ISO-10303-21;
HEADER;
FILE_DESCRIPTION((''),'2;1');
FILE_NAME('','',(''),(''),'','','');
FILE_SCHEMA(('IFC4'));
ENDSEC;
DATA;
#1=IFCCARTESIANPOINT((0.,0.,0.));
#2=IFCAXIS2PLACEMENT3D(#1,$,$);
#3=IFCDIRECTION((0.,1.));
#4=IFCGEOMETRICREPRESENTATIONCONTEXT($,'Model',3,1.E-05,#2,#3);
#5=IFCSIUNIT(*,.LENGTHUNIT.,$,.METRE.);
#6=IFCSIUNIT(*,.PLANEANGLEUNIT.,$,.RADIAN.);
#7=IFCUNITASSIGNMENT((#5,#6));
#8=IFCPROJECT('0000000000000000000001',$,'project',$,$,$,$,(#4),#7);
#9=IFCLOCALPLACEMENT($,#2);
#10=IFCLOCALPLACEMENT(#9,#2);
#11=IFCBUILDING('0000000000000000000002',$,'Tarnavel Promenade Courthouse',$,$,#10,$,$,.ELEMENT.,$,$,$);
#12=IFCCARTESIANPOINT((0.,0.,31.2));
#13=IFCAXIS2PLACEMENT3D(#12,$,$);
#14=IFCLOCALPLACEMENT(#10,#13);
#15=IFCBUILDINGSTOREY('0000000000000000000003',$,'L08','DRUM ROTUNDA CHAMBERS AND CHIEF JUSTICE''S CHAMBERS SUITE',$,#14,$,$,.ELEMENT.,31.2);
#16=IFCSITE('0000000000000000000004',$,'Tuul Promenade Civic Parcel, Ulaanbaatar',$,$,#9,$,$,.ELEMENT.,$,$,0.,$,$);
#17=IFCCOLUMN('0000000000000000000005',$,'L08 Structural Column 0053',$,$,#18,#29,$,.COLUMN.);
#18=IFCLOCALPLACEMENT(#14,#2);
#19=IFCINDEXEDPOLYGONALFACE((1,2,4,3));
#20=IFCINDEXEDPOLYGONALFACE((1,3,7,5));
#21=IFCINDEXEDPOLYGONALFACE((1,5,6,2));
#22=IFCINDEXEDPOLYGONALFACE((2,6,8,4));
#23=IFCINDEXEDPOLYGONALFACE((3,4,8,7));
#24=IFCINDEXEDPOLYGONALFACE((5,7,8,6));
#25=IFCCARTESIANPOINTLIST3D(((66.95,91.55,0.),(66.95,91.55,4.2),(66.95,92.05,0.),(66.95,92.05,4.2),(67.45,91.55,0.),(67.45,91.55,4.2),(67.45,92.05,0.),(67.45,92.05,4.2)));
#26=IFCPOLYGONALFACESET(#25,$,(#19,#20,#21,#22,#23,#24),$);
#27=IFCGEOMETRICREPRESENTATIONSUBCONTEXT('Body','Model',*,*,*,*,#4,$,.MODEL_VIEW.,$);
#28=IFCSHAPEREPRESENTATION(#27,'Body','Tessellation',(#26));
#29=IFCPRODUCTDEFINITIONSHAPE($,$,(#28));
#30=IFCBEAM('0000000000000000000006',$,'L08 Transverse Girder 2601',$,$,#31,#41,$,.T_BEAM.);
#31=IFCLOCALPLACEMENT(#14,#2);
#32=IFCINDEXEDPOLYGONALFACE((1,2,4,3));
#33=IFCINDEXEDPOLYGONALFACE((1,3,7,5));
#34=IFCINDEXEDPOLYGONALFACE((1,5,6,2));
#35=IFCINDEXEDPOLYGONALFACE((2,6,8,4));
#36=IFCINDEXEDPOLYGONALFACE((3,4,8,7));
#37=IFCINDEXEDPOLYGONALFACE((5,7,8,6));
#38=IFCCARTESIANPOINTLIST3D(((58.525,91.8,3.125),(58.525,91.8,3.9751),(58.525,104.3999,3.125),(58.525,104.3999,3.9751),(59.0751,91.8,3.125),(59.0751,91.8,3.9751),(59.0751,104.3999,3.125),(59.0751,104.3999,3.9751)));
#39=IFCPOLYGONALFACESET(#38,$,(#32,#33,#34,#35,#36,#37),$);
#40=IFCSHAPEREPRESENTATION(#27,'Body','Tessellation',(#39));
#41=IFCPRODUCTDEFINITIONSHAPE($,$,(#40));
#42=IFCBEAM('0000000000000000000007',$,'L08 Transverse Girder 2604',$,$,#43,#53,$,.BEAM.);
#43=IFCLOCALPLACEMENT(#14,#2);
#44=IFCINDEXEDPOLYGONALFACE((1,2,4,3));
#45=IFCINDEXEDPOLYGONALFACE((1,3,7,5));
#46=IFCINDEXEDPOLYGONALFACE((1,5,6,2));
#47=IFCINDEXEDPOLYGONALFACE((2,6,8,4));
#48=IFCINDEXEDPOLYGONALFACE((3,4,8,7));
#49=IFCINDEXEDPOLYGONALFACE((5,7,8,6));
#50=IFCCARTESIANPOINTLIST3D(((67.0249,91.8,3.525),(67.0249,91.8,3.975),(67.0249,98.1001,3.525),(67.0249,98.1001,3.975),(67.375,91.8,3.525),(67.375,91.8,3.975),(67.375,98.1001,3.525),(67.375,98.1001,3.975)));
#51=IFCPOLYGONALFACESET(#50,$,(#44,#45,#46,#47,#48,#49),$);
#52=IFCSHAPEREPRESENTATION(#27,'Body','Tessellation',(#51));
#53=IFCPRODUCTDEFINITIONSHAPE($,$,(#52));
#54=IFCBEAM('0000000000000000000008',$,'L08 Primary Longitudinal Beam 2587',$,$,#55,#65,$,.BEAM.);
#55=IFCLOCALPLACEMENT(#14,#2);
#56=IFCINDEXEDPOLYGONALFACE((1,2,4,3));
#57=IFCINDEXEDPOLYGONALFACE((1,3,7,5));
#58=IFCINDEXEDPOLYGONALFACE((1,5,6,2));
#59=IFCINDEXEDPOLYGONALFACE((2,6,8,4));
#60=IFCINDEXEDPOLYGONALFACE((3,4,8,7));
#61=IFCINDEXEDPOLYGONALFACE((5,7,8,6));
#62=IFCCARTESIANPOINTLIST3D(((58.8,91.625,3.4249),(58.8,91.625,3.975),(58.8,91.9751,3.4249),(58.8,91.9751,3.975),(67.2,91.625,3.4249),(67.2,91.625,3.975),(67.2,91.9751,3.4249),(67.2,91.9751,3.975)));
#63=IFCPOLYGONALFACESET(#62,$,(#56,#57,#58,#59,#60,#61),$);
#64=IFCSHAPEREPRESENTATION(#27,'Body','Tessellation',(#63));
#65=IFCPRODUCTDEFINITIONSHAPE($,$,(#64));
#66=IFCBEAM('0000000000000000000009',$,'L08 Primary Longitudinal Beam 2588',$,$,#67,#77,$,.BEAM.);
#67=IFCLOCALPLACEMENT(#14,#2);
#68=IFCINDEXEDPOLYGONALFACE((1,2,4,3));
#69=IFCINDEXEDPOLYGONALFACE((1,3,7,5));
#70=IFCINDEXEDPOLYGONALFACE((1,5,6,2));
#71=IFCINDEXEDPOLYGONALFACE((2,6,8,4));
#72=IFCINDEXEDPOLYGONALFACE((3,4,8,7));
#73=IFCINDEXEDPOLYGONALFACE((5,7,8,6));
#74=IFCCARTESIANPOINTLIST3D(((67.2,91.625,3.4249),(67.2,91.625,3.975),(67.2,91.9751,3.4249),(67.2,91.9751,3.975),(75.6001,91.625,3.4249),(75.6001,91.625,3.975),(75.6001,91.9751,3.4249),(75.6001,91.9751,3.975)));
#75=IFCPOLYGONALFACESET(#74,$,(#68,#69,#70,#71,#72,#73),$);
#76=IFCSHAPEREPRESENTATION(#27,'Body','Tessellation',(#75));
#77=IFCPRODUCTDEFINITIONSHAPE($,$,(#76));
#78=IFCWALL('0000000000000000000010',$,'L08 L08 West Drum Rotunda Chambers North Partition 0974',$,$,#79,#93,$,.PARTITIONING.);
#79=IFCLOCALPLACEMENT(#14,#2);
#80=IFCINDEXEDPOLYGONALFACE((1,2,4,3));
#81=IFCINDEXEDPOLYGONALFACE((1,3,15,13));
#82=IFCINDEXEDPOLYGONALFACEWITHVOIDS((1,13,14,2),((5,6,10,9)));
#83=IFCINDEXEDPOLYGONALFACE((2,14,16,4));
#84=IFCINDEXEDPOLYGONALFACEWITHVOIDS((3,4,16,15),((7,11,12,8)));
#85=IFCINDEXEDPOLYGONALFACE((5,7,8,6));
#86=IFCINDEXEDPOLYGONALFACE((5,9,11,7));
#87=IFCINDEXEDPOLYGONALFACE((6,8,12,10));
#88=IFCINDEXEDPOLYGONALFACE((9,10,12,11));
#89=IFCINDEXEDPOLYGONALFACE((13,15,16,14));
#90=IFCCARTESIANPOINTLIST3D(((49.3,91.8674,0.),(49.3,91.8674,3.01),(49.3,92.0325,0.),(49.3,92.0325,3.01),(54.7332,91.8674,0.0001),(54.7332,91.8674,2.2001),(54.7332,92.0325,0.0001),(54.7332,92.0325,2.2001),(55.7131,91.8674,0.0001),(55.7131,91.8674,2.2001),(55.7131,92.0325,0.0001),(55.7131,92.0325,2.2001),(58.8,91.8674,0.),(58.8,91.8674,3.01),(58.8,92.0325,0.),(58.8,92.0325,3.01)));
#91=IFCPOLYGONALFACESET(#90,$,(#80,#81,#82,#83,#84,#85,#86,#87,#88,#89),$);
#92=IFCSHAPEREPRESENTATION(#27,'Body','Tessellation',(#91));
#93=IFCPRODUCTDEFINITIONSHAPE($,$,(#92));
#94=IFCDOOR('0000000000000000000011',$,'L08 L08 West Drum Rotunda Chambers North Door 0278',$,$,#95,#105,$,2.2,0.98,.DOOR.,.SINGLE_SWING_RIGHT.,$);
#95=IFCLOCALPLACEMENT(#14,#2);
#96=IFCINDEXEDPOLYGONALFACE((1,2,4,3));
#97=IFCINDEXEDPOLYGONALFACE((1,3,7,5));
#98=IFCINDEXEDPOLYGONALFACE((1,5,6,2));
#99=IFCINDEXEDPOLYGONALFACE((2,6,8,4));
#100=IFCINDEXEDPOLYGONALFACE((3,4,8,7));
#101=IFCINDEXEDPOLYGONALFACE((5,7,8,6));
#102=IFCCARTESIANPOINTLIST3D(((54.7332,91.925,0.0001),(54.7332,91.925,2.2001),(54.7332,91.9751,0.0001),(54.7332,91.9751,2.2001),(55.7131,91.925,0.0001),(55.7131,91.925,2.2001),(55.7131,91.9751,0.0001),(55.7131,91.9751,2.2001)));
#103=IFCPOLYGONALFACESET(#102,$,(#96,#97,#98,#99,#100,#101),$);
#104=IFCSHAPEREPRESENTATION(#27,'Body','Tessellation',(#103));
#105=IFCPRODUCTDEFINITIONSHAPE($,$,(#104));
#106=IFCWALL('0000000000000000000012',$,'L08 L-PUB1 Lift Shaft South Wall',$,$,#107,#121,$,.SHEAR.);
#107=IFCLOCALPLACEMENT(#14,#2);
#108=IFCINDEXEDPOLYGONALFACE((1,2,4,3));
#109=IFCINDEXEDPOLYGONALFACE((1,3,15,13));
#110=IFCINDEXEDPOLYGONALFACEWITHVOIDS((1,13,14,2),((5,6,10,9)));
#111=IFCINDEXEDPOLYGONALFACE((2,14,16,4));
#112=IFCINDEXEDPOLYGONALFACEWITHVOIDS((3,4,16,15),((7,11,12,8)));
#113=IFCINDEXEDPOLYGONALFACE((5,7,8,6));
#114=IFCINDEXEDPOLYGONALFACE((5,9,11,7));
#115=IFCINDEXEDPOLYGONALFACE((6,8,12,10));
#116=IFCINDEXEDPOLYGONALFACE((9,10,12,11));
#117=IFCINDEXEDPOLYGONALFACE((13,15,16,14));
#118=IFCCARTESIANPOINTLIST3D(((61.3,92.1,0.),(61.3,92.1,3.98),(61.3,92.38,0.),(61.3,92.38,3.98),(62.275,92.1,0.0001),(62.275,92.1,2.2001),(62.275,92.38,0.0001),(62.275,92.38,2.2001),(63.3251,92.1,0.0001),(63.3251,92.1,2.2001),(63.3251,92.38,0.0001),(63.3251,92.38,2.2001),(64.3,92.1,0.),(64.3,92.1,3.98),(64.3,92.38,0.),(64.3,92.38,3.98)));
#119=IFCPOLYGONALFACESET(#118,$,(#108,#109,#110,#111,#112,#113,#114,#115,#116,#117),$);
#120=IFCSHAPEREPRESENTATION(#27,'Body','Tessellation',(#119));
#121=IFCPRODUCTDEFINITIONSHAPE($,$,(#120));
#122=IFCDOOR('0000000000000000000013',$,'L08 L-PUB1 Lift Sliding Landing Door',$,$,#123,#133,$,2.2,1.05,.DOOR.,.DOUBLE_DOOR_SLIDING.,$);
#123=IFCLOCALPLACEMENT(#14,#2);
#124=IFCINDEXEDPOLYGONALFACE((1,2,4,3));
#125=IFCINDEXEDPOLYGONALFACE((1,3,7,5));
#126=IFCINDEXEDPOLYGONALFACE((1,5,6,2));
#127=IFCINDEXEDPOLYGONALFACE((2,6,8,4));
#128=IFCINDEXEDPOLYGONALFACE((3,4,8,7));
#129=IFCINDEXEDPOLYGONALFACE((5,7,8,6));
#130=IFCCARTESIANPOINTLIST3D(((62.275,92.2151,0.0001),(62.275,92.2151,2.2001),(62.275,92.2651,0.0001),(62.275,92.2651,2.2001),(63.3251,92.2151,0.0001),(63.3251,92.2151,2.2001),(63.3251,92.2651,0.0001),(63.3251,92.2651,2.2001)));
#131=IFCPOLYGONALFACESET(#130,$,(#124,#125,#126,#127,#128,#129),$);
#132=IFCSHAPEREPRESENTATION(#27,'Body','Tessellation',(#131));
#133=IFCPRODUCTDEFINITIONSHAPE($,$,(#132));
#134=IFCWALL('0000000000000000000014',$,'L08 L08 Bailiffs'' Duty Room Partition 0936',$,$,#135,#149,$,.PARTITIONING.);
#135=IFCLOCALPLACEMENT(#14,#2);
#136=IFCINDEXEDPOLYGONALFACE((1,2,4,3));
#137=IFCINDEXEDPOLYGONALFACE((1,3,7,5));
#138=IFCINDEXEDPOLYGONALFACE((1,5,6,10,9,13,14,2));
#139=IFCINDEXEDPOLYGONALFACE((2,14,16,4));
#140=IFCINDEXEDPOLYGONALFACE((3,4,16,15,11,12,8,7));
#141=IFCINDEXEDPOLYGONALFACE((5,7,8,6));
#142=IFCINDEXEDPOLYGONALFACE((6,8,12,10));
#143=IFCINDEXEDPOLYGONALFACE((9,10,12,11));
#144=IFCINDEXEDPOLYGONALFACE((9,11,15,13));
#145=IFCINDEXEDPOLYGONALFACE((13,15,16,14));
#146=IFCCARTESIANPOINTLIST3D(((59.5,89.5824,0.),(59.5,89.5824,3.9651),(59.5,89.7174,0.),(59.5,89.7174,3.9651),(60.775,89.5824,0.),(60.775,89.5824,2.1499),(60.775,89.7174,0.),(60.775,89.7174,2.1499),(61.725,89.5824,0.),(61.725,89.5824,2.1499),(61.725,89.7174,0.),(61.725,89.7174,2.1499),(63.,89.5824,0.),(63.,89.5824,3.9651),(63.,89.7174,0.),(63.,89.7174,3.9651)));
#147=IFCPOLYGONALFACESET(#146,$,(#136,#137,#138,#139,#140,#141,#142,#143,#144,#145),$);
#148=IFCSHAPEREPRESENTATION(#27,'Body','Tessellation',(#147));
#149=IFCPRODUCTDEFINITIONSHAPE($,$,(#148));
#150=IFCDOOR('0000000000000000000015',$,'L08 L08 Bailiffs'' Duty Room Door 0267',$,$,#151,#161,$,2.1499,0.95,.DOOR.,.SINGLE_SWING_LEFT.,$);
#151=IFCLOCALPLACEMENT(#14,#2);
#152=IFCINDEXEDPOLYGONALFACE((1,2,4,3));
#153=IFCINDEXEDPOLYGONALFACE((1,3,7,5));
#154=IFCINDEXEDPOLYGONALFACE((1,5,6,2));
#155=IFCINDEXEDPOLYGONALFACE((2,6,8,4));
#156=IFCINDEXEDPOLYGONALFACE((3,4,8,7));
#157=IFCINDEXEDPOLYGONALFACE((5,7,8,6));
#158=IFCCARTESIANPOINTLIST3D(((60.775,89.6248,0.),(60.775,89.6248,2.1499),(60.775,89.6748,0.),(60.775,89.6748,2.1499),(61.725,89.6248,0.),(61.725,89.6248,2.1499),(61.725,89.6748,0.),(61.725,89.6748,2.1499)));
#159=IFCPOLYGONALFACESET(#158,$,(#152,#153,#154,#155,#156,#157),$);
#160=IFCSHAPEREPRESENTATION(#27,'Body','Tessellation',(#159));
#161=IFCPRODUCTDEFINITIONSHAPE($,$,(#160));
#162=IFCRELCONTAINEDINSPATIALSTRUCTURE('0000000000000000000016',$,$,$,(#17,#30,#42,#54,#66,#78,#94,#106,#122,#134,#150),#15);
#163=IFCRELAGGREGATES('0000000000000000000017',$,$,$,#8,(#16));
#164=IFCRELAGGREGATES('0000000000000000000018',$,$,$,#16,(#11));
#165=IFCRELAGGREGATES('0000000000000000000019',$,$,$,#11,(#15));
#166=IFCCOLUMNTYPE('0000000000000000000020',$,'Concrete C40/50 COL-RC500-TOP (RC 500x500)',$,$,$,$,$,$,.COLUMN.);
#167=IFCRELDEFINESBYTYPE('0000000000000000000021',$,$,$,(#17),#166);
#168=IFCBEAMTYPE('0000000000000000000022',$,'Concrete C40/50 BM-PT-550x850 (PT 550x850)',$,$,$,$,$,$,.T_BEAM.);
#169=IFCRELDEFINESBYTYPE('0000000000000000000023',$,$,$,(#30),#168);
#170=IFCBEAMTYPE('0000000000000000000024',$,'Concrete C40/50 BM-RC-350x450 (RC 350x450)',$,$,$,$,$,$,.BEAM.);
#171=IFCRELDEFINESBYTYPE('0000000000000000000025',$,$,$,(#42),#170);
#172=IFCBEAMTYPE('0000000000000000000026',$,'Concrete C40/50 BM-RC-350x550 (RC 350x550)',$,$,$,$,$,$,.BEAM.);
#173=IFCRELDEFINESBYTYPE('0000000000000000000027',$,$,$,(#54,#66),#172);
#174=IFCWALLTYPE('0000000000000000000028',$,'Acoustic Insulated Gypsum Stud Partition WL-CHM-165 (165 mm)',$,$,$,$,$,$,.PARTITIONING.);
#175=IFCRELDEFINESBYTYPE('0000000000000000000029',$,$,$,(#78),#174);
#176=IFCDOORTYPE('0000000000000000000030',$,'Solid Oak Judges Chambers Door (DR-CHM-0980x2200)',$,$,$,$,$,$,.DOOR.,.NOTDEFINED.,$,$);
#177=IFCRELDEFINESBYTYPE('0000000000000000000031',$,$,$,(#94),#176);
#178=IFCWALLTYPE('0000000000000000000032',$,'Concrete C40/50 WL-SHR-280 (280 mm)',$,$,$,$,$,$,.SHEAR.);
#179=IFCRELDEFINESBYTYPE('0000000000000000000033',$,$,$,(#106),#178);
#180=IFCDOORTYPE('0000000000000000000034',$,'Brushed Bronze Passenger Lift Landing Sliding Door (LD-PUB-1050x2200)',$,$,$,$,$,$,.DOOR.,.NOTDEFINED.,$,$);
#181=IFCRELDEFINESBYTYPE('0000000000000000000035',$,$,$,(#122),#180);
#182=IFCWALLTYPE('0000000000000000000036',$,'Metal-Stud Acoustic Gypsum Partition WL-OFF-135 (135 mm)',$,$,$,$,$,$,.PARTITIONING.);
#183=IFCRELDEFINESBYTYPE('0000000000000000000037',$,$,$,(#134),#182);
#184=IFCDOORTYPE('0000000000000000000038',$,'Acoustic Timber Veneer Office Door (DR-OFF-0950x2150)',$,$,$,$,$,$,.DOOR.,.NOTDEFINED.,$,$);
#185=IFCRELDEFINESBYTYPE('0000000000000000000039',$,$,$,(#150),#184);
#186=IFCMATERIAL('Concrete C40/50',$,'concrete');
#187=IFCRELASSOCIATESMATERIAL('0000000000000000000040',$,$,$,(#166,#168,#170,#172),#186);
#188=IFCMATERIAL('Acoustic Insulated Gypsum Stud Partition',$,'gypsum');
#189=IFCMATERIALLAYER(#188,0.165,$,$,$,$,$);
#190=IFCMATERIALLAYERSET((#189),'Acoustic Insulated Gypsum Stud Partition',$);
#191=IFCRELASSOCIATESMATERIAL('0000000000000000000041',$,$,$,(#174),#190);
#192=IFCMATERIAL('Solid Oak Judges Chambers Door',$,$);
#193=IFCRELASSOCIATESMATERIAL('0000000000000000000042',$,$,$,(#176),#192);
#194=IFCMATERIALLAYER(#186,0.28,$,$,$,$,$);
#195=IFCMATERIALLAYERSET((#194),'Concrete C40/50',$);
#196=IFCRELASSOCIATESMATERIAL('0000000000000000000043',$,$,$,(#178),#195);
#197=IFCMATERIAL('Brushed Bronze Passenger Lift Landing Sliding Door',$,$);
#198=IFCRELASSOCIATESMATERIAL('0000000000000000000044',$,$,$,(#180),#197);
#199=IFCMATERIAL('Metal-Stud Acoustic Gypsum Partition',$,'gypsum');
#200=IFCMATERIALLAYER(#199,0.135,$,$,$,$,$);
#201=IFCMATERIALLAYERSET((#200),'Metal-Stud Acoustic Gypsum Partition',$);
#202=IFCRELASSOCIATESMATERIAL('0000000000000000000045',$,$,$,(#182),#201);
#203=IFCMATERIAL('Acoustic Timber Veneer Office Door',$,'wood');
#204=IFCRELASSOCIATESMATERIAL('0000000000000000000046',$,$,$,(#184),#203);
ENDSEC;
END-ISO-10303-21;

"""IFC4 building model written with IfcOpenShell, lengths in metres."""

from ifc_helpers import new_model, si_unit, direction, frame, frame_2d, origin, origin_2d, place, context, subcontext, project, spatial, rectangle, extrude, material, layer, layer_set, material_profile, profile_set, type_object, element, fill, save


model = new_model("IFC4")

# Units and contexts
model_context = context("Model", 3, precision=1e-05, world=origin(), true_north=direction((0.0, 1.0)))
body_context = subcontext(model_context, "Body", "Model", "MODEL_VIEW")
ifc_project = project(units=[si_unit("LENGTHUNIT", "METRE"), si_unit("PLANEANGLEUNIT", "RADIAN")], contexts=[model_context])

# Site, building, storey
site_placement = place(None, origin())
site = spatial("IfcSite", under=ifc_project, at=site_placement, Name="Tuul Promenade Civic Parcel, Ulaanbaatar", CompositionType="ELEMENT", RefElevation=0.0)
building_placement = place(site_placement, origin())
building = spatial("IfcBuilding", under=site, at=building_placement, Name="Tarnavel Promenade Courthouse", CompositionType="ELEMENT")
storey_placement = place(building_placement, frame((0.0, 0.0, 31.2)))
storey = spatial("IfcBuildingStorey", under=building, at=storey_placement, Name="L08", Description="DRUM ROTUNDA CHAMBERS AND CHIEF JUSTICE'S CHAMBERS SUITE", CompositionType="ELEMENT", Elevation=31.2)

# Column
ifc_material_1 = material(Name="Concrete C40/50", Category="concrete")
ifc_material_profile_1 = material_profile(ifc_material_1, rectangle(XDim=0.5, YDim=0.5, at=origin_2d()), Name="RC 500x500")
ifc_profile_set_1 = profile_set([ifc_material_profile_1], Name="Concrete C40/50")
column_type = type_object("IfcColumnType", Name="Concrete C40/50 COL-RC500-TOP (RC 500x500)", PredefinedType="COLUMN", material=ifc_profile_set_1)
column_placement = place(storey_placement, frame((67.2, 91.8, 0.0), z_axis=(0.0, 0.0, 1.0), x_axis=(1.0, 0.0, 0.0)))
element("IfcColumn", 1, at=column_placement, inside=storey, type_object=column_type, Name="L08 Structural Column 0053", PredefinedType="COLUMN", context=body_context, shape_type="SweptSolid", body=[
    extrude(rectangle(XDim=0.5, YDim=0.5, at=origin_2d()), origin(), (0.0, 0.0, 1.0), 4.2),
])

# Beams
ifc_material_profile_2 = material_profile(ifc_material_1, rectangle(XDim=0.55, YDim=0.8501, at=origin_2d()), Name="PT 550x850")
ifc_profile_set_2 = profile_set([ifc_material_profile_2], Name="Concrete C40/50")
beam_type_1 = type_object("IfcBeamType", Name="Concrete C40/50 BM-PT-550x850 (PT 550x850)", PredefinedType="T_BEAM", material=ifc_profile_set_2)
beam_1_placement = place(storey_placement, frame((58.8, 91.8, 3.55), z_axis=(0.0, 1.0, 0.0), x_axis=(-1.0, 0.0, 0.0)))
element("IfcBeam", 2, at=beam_1_placement, inside=storey, type_object=beam_type_1, Name="L08 Transverse Girder 2601", PredefinedType="T_BEAM", context=body_context, shape_type="SweptSolid", body=[
    extrude(rectangle(XDim=0.55, YDim=0.8501, at=origin_2d()), origin(), (0.0, 0.0, 1.0), 12.5999),
])
ifc_material_profile_3 = material_profile(ifc_material_1, rectangle(XDim=0.3501, YDim=0.45, at=origin_2d()), Name="RC 350x450")
ifc_profile_set_3 = profile_set([ifc_material_profile_3], Name="Concrete C40/50")
beam_type_2 = type_object("IfcBeamType", Name="Concrete C40/50 BM-RC-350x450 (RC 350x450)", PredefinedType="BEAM", material=ifc_profile_set_3)
beam_2_placement = place(storey_placement, frame((67.2, 91.8, 3.75), z_axis=(0.0, 1.0, 0.0), x_axis=(-1.0, 0.0, 0.0)))
element("IfcBeam", 3, at=beam_2_placement, inside=storey, type_object=beam_type_2, Name="L08 Transverse Girder 2604", PredefinedType="BEAM", context=body_context, shape_type="SweptSolid", body=[
    extrude(rectangle(XDim=0.3501, YDim=0.45, at=origin_2d()), origin(), (0.0, 0.0, 1.0), 6.3),
])
ifc_material_profile_4 = material_profile(ifc_material_1, rectangle(XDim=0.3501, YDim=0.55, at=origin_2d()), Name="RC 350x550")
ifc_profile_set_4 = profile_set([ifc_material_profile_4], Name="Concrete C40/50")
beam_type_3 = type_object("IfcBeamType", Name="Concrete C40/50 BM-RC-350x550 (RC 350x550)", PredefinedType="BEAM", material=ifc_profile_set_4)
beam_3_placement = place(storey_placement, frame((58.8, 91.8, 3.7), z_axis=(1.0, 0.0, 0.0), x_axis=(0.0, 1.0, 0.0)))
element("IfcBeam", 4, at=beam_3_placement, inside=storey, type_object=beam_type_3, Name="L08 Primary Longitudinal Beam 2587", PredefinedType="BEAM", context=body_context, shape_type="SweptSolid", body=[
    extrude(rectangle(XDim=0.3501, YDim=0.55, at=origin_2d()), origin(), (0.0, 0.0, 1.0), 8.3999),
])
beam_4_placement = place(storey_placement, frame((67.2, 91.8, 3.7), z_axis=(1.0, 0.0, 0.0), x_axis=(0.0, 1.0, 0.0)))
element("IfcBeam", 5, at=beam_4_placement, inside=storey, type_object=beam_type_3, Name="L08 Primary Longitudinal Beam 2588", PredefinedType="BEAM", context=body_context, shape_type="SweptSolid", body=[
    extrude(rectangle(XDim=0.3501, YDim=0.55, at=origin_2d()), origin(), (0.0, 0.0, 1.0), 8.4001),
])

# Walls, openings, doors
ifc_material_2 = material(Name="Acoustic Insulated Gypsum Stud Partition", Category="gypsum")
ifc_layer_1 = layer(ifc_material_2, 0.165)
ifc_layer_set_1 = layer_set([ifc_layer_1], Name="Acoustic Insulated Gypsum Stud Partition")
wall_type_1 = type_object("IfcWallType", Name="Acoustic Insulated Gypsum Stud Partition WL-CHM-165 (165 mm)", PredefinedType="PARTITIONING", material=ifc_layer_set_1)
wall_1_placement = place(storey_placement, frame((58.8, 91.95, 0.0), z_axis=(0.0, 0.0, 1.0), x_axis=(-1.0, 0.0, 0.0)))
wall_1 = element("IfcWall", 6, at=wall_1_placement, inside=storey, type_object=wall_type_1, Name="L08 L08 West Drum Rotunda Chambers North Partition 0974", PredefinedType="PARTITIONING", context=body_context, shape_type="SweptSolid", body=[
    extrude(rectangle(XDim=9.5, YDim=0.165, at=frame_2d((4.75, 0.0))), origin(), (0.0, 0.0, 1.0), 3.01),
])
opening_1_placement = place(wall_1_placement, frame((3.0869, 0.0, 0.0)))
opening_1 = element("IfcOpeningElement", 7, at=opening_1_placement, cuts=wall_1, PredefinedType="OPENING", context=body_context, shape_type="SweptSolid", body=[
    extrude(rectangle(XDim=0.98, YDim=2.2, at=frame_2d((0.49, 1.1001))), frame((0.0, 0.0925, 0.0), z_axis=(0.0, -1.0, 0.0), x_axis=(1.0, 0.0, 0.0)), (0.0, 0.0, 1.0), 0.1851),
])
ifc_material_3 = material(Name="Solid Oak Judges Chambers Door")
door_type_1 = type_object("IfcDoorType", Name="Solid Oak Judges Chambers Door (DR-CHM-0980x2200)", OperationType="NOTDEFINED", PredefinedType="DOOR", material=ifc_material_3)
door_1_placement = place(opening_1_placement, origin())
door_1 = element("IfcDoor", 8, at=door_1_placement, inside=storey, type_object=door_type_1, Name="L08 L08 West Drum Rotunda Chambers North Door 0278", OperationType="SINGLE_SWING_RIGHT", OverallHeight=2.2, OverallWidth=0.98, PredefinedType="DOOR", context=body_context, shape_type="SweptSolid", body=[
    extrude(rectangle(XDim=0.98, YDim=2.2, at=frame_2d((0.49, 1.1001))), frame((0.0, 0.0249, 0.0), z_axis=(0.0, -1.0, 0.0), x_axis=(1.0, 0.0, 0.0)), (0.0, 0.0, 1.0), 0.05),
])
fill(opening_1, door_1)
ifc_layer_2 = layer(ifc_material_1, 0.28)
ifc_layer_set_2 = layer_set([ifc_layer_2], Name="Concrete C40/50")
wall_type_2 = type_object("IfcWallType", Name="Concrete C40/50 WL-SHR-280 (280 mm)", PredefinedType="SHEAR", material=ifc_layer_set_2)
wall_2_placement = place(storey_placement, frame((64.3, 92.24, 0.0), z_axis=(0.0, 0.0, 1.0), x_axis=(-1.0, 0.0, 0.0)))
wall_2 = element("IfcWall", 9, at=wall_2_placement, inside=storey, type_object=wall_type_2, Name="L08 L-PUB1 Lift Shaft South Wall", PredefinedType="SHEAR", context=body_context, shape_type="SweptSolid", body=[
    extrude(rectangle(XDim=3.0, YDim=0.28, at=frame_2d((1.5, 0.0))), origin(), (0.0, 0.0, 1.0), 3.98),
])
opening_2_placement = place(wall_2_placement, frame((0.9751, 0.0, 0.0)))
opening_2 = element("IfcOpeningElement", 10, at=opening_2_placement, cuts=wall_2, PredefinedType="OPENING", context=body_context, shape_type="SweptSolid", body=[
    extrude(rectangle(XDim=1.05, YDim=2.2, at=frame_2d((0.5249, 1.1001))), frame((0.0, 0.1499, 0.0), z_axis=(0.0, -1.0, 0.0), x_axis=(1.0, 0.0, 0.0)), (0.0, 0.0, 1.0), 0.3),
])
ifc_material_4 = material(Name="Brushed Bronze Passenger Lift Landing Sliding Door")
door_type_2 = type_object("IfcDoorType", Name="Brushed Bronze Passenger Lift Landing Sliding Door (LD-PUB-1050x2200)", OperationType="NOTDEFINED", PredefinedType="DOOR", material=ifc_material_4)
door_2_placement = place(opening_2_placement, origin())
door_2 = element("IfcDoor", 11, at=door_2_placement, inside=storey, type_object=door_type_2, Name="L08 L-PUB1 Lift Sliding Landing Door", OperationType="DOUBLE_DOOR_SLIDING", OverallHeight=2.2, OverallWidth=1.05, PredefinedType="DOOR", context=body_context, shape_type="SweptSolid", body=[
    extrude(rectangle(XDim=1.05, YDim=2.2, at=frame_2d((0.5249, 1.1001))), frame((0.0, 0.0249, 0.0), z_axis=(0.0, -1.0, 0.0), x_axis=(1.0, 0.0, 0.0)), (0.0, 0.0, 1.0), 0.05),
])
fill(opening_2, door_2)
ifc_material_5 = material(Name="Metal-Stud Acoustic Gypsum Partition", Category="gypsum")
ifc_layer_3 = layer(ifc_material_5, 0.135)
ifc_layer_set_3 = layer_set([ifc_layer_3], Name="Metal-Stud Acoustic Gypsum Partition")
wall_type_3 = type_object("IfcWallType", Name="Metal-Stud Acoustic Gypsum Partition WL-OFF-135 (135 mm)", PredefinedType="PARTITIONING", material=ifc_layer_set_3)
wall_3_placement = place(storey_placement, frame((59.5, 89.6499, 0.0), z_axis=(0.0, 0.0, 1.0), x_axis=(1.0, 0.0, 0.0)))
wall_3 = element("IfcWall", 12, at=wall_3_placement, inside=storey, type_object=wall_type_3, Name="L08 L08 Bailiffs' Duty Room Partition 0936", PredefinedType="PARTITIONING", context=body_context, shape_type="SweptSolid", body=[
    extrude(rectangle(XDim=3.5, YDim=0.135, at=frame_2d((1.75, 0.0))), origin(), (0.0, 0.0, 1.0), 3.9651),
])
opening_3_placement = place(wall_3_placement, frame((1.2749, 0.0, 0.0)))
opening_3 = element("IfcOpeningElement", 13, at=opening_3_placement, cuts=wall_3, PredefinedType="OPENING", context=body_context, shape_type="SweptSolid", body=[
    extrude(rectangle(XDim=0.95, YDim=2.1499, at=frame_2d((0.4751, 1.075))), frame((0.0, 0.0774, 0.0), z_axis=(0.0, -1.0, 0.0), x_axis=(1.0, 0.0, 0.0)), (0.0, 0.0, 1.0), 0.155),
])
ifc_material_6 = material(Name="Acoustic Timber Veneer Office Door", Category="wood")
door_type_3 = type_object("IfcDoorType", Name="Acoustic Timber Veneer Office Door (DR-OFF-0950x2150)", OperationType="NOTDEFINED", PredefinedType="DOOR", material=ifc_material_6)
door_3_placement = place(opening_3_placement, origin())
door_3 = element("IfcDoor", 14, at=door_3_placement, inside=storey, type_object=door_type_3, Name="L08 L08 Bailiffs' Duty Room Door 0267", OperationType="SINGLE_SWING_LEFT", OverallHeight=2.1499, OverallWidth=0.95, PredefinedType="DOOR", context=body_context, shape_type="SweptSolid", body=[
    extrude(rectangle(XDim=0.95, YDim=2.1499, at=frame_2d((0.4751, 1.075))), frame((0.0, 0.0249, 0.0), z_axis=(0.0, -1.0, 0.0), x_axis=(1.0, 0.0, 0.0)), (0.0, 0.0, 1.0), 0.05),
])
fill(opening_3, door_3)

save(model, "model.ifc")
